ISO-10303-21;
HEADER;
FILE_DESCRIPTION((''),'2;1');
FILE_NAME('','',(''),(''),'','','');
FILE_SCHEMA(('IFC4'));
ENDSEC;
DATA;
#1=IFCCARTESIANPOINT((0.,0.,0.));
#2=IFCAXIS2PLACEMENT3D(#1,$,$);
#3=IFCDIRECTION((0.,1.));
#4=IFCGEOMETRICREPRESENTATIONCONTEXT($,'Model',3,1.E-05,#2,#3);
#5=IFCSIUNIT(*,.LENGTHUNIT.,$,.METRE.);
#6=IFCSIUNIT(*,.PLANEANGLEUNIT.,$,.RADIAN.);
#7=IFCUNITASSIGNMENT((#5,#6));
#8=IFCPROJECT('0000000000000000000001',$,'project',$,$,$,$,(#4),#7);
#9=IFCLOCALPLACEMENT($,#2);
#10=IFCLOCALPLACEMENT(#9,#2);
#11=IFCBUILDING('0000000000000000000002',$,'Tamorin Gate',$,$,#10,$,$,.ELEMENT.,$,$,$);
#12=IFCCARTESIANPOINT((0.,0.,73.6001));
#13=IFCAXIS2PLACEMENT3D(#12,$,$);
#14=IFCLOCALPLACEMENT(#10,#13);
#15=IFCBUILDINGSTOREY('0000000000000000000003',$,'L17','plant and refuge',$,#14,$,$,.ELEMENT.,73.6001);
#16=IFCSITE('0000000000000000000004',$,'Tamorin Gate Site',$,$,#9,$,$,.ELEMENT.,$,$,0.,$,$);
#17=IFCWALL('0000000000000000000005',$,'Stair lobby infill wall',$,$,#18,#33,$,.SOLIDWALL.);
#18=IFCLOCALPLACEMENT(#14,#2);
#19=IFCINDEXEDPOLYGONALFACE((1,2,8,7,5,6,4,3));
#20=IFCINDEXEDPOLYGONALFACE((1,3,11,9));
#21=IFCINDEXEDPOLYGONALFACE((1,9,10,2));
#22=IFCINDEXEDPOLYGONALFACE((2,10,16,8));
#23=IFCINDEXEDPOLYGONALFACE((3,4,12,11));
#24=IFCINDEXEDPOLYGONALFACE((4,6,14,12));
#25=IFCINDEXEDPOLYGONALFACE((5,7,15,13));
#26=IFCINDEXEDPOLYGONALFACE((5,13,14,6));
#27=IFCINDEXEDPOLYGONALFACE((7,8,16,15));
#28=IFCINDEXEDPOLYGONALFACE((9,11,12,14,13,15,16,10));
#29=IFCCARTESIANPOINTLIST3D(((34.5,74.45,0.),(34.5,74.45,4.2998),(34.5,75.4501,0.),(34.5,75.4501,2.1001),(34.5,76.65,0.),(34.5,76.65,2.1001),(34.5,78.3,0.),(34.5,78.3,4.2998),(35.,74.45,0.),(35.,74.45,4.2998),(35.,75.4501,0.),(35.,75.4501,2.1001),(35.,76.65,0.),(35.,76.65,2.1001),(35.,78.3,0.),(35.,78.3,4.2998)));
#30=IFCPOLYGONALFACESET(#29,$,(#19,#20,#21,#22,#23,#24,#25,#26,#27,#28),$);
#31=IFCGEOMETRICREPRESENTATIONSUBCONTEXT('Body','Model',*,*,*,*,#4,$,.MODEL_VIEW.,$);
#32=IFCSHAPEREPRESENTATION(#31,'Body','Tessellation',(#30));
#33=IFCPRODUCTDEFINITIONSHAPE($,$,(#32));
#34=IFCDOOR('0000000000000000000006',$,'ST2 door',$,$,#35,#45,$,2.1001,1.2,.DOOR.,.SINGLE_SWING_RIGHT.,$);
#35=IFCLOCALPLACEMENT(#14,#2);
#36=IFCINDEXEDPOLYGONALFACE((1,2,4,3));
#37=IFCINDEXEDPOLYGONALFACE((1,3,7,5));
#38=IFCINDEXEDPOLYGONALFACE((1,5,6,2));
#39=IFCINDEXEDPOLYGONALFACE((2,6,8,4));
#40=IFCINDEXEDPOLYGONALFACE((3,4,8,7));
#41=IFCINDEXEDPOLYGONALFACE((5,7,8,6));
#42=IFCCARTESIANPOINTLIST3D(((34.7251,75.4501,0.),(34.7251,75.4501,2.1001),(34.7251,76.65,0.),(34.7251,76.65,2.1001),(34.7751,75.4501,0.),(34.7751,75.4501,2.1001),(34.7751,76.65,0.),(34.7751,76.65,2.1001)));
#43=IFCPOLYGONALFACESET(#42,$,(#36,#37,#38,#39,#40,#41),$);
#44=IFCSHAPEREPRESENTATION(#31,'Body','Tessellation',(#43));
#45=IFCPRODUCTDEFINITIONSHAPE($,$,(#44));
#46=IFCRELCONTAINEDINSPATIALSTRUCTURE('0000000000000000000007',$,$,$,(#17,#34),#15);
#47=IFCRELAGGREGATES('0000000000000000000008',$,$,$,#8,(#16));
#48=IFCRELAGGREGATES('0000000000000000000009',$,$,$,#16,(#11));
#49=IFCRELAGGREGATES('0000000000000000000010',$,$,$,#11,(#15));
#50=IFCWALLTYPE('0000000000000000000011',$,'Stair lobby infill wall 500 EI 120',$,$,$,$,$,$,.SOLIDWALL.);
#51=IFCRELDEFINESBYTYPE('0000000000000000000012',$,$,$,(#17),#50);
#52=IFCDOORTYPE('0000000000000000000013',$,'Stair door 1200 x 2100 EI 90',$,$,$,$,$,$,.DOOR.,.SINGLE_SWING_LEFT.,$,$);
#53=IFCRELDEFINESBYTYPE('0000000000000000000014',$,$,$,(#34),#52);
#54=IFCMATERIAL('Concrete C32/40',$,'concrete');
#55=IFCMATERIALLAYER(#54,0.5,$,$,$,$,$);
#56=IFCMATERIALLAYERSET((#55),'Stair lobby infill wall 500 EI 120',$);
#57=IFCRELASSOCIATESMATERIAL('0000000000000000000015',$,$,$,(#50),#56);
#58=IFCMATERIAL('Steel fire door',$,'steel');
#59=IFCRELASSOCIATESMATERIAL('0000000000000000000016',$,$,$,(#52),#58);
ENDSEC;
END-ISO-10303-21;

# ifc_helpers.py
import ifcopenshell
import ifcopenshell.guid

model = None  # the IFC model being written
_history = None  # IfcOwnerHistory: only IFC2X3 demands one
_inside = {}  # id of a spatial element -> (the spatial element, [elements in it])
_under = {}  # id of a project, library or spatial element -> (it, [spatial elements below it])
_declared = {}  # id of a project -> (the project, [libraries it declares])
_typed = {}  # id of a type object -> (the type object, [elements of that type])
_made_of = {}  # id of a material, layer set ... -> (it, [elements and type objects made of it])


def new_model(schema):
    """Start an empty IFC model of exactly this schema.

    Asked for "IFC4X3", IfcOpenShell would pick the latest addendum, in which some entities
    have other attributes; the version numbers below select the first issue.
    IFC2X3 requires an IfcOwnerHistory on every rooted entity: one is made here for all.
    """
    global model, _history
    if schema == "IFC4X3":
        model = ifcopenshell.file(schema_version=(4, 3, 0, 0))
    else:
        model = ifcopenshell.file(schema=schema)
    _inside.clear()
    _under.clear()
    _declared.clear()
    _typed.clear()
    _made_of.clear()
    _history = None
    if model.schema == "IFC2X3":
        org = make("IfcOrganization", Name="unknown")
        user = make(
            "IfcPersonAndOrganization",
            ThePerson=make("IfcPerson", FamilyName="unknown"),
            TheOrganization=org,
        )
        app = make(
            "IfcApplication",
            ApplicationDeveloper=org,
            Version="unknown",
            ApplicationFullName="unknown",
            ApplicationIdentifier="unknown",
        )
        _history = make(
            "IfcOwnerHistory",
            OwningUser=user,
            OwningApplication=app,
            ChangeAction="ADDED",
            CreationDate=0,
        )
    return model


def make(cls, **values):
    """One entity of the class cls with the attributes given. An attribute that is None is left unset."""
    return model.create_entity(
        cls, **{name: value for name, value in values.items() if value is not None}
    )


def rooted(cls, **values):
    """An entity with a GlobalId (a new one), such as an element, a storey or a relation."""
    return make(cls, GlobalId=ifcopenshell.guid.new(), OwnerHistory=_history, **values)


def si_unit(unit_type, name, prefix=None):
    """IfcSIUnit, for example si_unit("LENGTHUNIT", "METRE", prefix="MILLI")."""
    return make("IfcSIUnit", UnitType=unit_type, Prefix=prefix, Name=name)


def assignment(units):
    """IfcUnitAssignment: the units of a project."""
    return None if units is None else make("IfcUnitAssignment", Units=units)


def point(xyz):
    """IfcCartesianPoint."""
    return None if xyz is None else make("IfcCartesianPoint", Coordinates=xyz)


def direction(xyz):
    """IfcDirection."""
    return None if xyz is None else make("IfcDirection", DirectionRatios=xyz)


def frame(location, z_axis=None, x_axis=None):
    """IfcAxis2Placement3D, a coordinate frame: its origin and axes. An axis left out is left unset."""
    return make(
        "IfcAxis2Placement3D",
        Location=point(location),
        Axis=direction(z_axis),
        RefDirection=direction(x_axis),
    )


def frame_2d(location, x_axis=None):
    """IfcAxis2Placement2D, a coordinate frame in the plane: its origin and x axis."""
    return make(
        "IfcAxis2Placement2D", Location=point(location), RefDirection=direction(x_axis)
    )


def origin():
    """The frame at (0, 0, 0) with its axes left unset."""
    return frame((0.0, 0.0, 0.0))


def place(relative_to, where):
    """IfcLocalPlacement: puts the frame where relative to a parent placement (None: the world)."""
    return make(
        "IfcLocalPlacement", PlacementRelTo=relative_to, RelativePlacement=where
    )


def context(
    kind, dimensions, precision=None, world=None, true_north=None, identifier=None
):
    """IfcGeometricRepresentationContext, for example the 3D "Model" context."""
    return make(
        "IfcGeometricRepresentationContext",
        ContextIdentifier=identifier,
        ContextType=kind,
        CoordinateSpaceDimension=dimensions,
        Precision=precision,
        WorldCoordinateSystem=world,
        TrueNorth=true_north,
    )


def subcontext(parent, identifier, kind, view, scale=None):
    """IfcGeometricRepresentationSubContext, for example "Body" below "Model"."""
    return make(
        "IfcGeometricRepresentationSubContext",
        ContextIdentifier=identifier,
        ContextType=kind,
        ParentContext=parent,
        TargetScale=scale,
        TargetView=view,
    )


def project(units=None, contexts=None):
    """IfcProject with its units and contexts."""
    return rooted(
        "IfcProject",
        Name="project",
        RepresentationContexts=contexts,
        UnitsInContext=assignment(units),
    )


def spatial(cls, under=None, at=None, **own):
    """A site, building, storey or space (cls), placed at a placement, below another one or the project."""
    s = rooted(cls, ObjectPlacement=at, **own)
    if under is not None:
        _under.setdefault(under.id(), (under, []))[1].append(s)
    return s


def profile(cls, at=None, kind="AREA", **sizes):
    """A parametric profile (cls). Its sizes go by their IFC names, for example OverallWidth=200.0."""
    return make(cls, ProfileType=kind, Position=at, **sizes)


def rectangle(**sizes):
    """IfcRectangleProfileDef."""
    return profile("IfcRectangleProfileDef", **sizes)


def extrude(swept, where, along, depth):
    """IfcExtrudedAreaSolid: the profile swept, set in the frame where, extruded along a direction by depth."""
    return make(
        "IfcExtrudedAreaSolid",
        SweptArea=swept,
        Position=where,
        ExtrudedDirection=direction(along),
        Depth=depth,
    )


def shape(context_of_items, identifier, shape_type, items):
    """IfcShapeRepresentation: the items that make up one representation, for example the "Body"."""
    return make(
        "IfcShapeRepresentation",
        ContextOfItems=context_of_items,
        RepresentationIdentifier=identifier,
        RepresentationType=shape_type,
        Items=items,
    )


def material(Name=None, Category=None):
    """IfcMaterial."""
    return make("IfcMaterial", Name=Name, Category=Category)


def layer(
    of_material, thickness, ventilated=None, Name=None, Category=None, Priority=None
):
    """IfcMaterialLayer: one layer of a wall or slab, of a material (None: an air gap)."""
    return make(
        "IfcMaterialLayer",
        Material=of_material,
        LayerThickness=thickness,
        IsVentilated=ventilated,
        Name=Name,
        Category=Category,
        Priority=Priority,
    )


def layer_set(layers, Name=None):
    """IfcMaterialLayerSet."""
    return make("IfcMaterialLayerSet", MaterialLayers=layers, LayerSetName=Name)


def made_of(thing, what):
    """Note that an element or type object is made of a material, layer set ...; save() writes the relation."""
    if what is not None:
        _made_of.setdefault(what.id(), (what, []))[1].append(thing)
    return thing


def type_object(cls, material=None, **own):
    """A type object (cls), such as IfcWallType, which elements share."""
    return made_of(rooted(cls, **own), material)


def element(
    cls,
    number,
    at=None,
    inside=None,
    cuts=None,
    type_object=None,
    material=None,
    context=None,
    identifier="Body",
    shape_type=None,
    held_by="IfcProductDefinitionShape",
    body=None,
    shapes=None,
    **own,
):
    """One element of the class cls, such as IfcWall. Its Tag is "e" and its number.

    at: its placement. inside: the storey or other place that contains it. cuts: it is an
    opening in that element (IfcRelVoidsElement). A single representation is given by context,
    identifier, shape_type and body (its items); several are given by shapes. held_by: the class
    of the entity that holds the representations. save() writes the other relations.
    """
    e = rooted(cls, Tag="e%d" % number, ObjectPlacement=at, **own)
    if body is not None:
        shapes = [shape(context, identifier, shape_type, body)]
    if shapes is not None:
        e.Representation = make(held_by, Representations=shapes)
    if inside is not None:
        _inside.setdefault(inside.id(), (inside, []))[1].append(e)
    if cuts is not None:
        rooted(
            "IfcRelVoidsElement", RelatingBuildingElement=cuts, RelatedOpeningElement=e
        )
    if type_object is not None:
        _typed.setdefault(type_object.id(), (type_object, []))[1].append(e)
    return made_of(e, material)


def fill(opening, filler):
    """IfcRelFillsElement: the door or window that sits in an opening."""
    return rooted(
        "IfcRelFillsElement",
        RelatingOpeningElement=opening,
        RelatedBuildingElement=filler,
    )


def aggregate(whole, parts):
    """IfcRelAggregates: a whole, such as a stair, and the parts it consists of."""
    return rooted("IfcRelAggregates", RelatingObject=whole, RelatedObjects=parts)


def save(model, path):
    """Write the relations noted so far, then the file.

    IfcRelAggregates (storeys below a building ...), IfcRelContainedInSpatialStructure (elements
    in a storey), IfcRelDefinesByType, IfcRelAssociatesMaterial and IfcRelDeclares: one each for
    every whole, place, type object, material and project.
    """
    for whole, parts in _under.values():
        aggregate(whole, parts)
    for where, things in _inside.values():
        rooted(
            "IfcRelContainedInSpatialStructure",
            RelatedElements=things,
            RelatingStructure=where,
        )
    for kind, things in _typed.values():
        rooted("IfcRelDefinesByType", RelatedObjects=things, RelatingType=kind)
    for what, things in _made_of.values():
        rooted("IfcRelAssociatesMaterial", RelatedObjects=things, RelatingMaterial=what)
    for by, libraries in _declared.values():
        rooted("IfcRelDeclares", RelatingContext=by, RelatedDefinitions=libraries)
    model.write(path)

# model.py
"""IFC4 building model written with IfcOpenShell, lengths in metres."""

from ifc_helpers import new_model, si_unit, direction, frame, frame_2d, origin, place, context, subcontext, project, spatial, rectangle, extrude, material, layer, layer_set, type_object, element, fill, save


model = new_model("IFC4")

# Units and contexts
model_context = context("Model", 3, precision=1e-05, world=origin(), true_north=direction((0.0, 1.0)))
body_context = subcontext(model_context, "Body", "Model", "MODEL_VIEW")
ifc_project = project(units=[si_unit("LENGTHUNIT", "METRE"), si_unit("PLANEANGLEUNIT", "RADIAN")], contexts=[model_context])

# Site, building, storey
site_placement = place(None, origin())
site = spatial("IfcSite", under=ifc_project, at=site_placement, Name="Tamorin Gate Site", CompositionType="ELEMENT", RefElevation=0.0)
building_placement = place(site_placement, origin())
building = spatial("IfcBuilding", under=site, at=building_placement, Name="Tamorin Gate", CompositionType="ELEMENT")
storey_placement = place(building_placement, frame((0.0, 0.0, 73.6001)))
storey = spatial("IfcBuildingStorey", under=building, at=storey_placement, Name="L17", Description="plant and refuge", CompositionType="ELEMENT", Elevation=73.6001)

# Wall, opening, door
ifc_material_1 = material(Name="Steel fire door", Category="steel")
ifc_material_2 = material(Name="Concrete C32/40", Category="concrete")
ifc_layer_1 = layer(ifc_material_2, 0.5)
ifc_layer_set_1 = layer_set([ifc_layer_1], Name="Stair lobby infill wall 500 EI 120")
wall_type_1 = type_object("IfcWallType", Name="Stair lobby infill wall 500 EI 120", PredefinedType="SOLIDWALL", material=ifc_layer_set_1)
door_type_1 = type_object("IfcDoorType", Name="Stair door 1200 x 2100 EI 90", OperationType="SINGLE_SWING_LEFT", PredefinedType="DOOR", material=ifc_material_1)
wall_1_placement = place(storey_placement, frame((34.75, 74.45, 0.0), z_axis=(0.0, 0.0, 1.0), x_axis=(0.0, 1.0, 0.0)))
wall_1 = element("IfcWall", 1, at=wall_1_placement, inside=storey, type_object=wall_type_1, Name="Stair lobby infill wall", PredefinedType="SOLIDWALL", context=body_context, shape_type="SweptSolid", body=[
    extrude(rectangle(XDim=3.8501, YDim=0.5, at=frame_2d((1.925, 0.0))), origin(), (0.0, 0.0, 1.0), 4.2998),
])
opening_1_placement = place(wall_1_placement, frame((1.0, 0.0, 0.0)))
opening_1 = element("IfcOpeningElement", 2, at=opening_1_placement, cuts=wall_1, PredefinedType="OPENING", context=body_context, shape_type="SweptSolid", body=[
    extrude(rectangle(XDim=1.2, YDim=2.1001, at=frame_2d((0.6001, 1.05))), frame((0.0, 0.26, 0.0), z_axis=(0.0, -1.0, 0.0), x_axis=(1.0, 0.0, 0.0)), (0.0, 0.0, 1.0), 0.52),
])
door_1_placement = place(opening_1_placement, origin())
door_1 = element("IfcDoor", 3, at=door_1_placement, inside=storey, type_object=door_type_1, Name="ST2 door", OperationType="SINGLE_SWING_RIGHT", OverallHeight=2.1001, OverallWidth=1.2, PredefinedType="DOOR", context=body_context, shape_type="SweptSolid", body=[
    extrude(rectangle(XDim=1.2, YDim=2.1001, at=frame_2d((0.6001, 1.05))), frame((0.0, 0.0249, 0.0), z_axis=(0.0, -1.0, 0.0), x_axis=(1.0, 0.0, 0.0)), (0.0, 0.0, 1.0), 0.05),
])
fill(opening_1, door_1)

save(model, "model.ifc")
